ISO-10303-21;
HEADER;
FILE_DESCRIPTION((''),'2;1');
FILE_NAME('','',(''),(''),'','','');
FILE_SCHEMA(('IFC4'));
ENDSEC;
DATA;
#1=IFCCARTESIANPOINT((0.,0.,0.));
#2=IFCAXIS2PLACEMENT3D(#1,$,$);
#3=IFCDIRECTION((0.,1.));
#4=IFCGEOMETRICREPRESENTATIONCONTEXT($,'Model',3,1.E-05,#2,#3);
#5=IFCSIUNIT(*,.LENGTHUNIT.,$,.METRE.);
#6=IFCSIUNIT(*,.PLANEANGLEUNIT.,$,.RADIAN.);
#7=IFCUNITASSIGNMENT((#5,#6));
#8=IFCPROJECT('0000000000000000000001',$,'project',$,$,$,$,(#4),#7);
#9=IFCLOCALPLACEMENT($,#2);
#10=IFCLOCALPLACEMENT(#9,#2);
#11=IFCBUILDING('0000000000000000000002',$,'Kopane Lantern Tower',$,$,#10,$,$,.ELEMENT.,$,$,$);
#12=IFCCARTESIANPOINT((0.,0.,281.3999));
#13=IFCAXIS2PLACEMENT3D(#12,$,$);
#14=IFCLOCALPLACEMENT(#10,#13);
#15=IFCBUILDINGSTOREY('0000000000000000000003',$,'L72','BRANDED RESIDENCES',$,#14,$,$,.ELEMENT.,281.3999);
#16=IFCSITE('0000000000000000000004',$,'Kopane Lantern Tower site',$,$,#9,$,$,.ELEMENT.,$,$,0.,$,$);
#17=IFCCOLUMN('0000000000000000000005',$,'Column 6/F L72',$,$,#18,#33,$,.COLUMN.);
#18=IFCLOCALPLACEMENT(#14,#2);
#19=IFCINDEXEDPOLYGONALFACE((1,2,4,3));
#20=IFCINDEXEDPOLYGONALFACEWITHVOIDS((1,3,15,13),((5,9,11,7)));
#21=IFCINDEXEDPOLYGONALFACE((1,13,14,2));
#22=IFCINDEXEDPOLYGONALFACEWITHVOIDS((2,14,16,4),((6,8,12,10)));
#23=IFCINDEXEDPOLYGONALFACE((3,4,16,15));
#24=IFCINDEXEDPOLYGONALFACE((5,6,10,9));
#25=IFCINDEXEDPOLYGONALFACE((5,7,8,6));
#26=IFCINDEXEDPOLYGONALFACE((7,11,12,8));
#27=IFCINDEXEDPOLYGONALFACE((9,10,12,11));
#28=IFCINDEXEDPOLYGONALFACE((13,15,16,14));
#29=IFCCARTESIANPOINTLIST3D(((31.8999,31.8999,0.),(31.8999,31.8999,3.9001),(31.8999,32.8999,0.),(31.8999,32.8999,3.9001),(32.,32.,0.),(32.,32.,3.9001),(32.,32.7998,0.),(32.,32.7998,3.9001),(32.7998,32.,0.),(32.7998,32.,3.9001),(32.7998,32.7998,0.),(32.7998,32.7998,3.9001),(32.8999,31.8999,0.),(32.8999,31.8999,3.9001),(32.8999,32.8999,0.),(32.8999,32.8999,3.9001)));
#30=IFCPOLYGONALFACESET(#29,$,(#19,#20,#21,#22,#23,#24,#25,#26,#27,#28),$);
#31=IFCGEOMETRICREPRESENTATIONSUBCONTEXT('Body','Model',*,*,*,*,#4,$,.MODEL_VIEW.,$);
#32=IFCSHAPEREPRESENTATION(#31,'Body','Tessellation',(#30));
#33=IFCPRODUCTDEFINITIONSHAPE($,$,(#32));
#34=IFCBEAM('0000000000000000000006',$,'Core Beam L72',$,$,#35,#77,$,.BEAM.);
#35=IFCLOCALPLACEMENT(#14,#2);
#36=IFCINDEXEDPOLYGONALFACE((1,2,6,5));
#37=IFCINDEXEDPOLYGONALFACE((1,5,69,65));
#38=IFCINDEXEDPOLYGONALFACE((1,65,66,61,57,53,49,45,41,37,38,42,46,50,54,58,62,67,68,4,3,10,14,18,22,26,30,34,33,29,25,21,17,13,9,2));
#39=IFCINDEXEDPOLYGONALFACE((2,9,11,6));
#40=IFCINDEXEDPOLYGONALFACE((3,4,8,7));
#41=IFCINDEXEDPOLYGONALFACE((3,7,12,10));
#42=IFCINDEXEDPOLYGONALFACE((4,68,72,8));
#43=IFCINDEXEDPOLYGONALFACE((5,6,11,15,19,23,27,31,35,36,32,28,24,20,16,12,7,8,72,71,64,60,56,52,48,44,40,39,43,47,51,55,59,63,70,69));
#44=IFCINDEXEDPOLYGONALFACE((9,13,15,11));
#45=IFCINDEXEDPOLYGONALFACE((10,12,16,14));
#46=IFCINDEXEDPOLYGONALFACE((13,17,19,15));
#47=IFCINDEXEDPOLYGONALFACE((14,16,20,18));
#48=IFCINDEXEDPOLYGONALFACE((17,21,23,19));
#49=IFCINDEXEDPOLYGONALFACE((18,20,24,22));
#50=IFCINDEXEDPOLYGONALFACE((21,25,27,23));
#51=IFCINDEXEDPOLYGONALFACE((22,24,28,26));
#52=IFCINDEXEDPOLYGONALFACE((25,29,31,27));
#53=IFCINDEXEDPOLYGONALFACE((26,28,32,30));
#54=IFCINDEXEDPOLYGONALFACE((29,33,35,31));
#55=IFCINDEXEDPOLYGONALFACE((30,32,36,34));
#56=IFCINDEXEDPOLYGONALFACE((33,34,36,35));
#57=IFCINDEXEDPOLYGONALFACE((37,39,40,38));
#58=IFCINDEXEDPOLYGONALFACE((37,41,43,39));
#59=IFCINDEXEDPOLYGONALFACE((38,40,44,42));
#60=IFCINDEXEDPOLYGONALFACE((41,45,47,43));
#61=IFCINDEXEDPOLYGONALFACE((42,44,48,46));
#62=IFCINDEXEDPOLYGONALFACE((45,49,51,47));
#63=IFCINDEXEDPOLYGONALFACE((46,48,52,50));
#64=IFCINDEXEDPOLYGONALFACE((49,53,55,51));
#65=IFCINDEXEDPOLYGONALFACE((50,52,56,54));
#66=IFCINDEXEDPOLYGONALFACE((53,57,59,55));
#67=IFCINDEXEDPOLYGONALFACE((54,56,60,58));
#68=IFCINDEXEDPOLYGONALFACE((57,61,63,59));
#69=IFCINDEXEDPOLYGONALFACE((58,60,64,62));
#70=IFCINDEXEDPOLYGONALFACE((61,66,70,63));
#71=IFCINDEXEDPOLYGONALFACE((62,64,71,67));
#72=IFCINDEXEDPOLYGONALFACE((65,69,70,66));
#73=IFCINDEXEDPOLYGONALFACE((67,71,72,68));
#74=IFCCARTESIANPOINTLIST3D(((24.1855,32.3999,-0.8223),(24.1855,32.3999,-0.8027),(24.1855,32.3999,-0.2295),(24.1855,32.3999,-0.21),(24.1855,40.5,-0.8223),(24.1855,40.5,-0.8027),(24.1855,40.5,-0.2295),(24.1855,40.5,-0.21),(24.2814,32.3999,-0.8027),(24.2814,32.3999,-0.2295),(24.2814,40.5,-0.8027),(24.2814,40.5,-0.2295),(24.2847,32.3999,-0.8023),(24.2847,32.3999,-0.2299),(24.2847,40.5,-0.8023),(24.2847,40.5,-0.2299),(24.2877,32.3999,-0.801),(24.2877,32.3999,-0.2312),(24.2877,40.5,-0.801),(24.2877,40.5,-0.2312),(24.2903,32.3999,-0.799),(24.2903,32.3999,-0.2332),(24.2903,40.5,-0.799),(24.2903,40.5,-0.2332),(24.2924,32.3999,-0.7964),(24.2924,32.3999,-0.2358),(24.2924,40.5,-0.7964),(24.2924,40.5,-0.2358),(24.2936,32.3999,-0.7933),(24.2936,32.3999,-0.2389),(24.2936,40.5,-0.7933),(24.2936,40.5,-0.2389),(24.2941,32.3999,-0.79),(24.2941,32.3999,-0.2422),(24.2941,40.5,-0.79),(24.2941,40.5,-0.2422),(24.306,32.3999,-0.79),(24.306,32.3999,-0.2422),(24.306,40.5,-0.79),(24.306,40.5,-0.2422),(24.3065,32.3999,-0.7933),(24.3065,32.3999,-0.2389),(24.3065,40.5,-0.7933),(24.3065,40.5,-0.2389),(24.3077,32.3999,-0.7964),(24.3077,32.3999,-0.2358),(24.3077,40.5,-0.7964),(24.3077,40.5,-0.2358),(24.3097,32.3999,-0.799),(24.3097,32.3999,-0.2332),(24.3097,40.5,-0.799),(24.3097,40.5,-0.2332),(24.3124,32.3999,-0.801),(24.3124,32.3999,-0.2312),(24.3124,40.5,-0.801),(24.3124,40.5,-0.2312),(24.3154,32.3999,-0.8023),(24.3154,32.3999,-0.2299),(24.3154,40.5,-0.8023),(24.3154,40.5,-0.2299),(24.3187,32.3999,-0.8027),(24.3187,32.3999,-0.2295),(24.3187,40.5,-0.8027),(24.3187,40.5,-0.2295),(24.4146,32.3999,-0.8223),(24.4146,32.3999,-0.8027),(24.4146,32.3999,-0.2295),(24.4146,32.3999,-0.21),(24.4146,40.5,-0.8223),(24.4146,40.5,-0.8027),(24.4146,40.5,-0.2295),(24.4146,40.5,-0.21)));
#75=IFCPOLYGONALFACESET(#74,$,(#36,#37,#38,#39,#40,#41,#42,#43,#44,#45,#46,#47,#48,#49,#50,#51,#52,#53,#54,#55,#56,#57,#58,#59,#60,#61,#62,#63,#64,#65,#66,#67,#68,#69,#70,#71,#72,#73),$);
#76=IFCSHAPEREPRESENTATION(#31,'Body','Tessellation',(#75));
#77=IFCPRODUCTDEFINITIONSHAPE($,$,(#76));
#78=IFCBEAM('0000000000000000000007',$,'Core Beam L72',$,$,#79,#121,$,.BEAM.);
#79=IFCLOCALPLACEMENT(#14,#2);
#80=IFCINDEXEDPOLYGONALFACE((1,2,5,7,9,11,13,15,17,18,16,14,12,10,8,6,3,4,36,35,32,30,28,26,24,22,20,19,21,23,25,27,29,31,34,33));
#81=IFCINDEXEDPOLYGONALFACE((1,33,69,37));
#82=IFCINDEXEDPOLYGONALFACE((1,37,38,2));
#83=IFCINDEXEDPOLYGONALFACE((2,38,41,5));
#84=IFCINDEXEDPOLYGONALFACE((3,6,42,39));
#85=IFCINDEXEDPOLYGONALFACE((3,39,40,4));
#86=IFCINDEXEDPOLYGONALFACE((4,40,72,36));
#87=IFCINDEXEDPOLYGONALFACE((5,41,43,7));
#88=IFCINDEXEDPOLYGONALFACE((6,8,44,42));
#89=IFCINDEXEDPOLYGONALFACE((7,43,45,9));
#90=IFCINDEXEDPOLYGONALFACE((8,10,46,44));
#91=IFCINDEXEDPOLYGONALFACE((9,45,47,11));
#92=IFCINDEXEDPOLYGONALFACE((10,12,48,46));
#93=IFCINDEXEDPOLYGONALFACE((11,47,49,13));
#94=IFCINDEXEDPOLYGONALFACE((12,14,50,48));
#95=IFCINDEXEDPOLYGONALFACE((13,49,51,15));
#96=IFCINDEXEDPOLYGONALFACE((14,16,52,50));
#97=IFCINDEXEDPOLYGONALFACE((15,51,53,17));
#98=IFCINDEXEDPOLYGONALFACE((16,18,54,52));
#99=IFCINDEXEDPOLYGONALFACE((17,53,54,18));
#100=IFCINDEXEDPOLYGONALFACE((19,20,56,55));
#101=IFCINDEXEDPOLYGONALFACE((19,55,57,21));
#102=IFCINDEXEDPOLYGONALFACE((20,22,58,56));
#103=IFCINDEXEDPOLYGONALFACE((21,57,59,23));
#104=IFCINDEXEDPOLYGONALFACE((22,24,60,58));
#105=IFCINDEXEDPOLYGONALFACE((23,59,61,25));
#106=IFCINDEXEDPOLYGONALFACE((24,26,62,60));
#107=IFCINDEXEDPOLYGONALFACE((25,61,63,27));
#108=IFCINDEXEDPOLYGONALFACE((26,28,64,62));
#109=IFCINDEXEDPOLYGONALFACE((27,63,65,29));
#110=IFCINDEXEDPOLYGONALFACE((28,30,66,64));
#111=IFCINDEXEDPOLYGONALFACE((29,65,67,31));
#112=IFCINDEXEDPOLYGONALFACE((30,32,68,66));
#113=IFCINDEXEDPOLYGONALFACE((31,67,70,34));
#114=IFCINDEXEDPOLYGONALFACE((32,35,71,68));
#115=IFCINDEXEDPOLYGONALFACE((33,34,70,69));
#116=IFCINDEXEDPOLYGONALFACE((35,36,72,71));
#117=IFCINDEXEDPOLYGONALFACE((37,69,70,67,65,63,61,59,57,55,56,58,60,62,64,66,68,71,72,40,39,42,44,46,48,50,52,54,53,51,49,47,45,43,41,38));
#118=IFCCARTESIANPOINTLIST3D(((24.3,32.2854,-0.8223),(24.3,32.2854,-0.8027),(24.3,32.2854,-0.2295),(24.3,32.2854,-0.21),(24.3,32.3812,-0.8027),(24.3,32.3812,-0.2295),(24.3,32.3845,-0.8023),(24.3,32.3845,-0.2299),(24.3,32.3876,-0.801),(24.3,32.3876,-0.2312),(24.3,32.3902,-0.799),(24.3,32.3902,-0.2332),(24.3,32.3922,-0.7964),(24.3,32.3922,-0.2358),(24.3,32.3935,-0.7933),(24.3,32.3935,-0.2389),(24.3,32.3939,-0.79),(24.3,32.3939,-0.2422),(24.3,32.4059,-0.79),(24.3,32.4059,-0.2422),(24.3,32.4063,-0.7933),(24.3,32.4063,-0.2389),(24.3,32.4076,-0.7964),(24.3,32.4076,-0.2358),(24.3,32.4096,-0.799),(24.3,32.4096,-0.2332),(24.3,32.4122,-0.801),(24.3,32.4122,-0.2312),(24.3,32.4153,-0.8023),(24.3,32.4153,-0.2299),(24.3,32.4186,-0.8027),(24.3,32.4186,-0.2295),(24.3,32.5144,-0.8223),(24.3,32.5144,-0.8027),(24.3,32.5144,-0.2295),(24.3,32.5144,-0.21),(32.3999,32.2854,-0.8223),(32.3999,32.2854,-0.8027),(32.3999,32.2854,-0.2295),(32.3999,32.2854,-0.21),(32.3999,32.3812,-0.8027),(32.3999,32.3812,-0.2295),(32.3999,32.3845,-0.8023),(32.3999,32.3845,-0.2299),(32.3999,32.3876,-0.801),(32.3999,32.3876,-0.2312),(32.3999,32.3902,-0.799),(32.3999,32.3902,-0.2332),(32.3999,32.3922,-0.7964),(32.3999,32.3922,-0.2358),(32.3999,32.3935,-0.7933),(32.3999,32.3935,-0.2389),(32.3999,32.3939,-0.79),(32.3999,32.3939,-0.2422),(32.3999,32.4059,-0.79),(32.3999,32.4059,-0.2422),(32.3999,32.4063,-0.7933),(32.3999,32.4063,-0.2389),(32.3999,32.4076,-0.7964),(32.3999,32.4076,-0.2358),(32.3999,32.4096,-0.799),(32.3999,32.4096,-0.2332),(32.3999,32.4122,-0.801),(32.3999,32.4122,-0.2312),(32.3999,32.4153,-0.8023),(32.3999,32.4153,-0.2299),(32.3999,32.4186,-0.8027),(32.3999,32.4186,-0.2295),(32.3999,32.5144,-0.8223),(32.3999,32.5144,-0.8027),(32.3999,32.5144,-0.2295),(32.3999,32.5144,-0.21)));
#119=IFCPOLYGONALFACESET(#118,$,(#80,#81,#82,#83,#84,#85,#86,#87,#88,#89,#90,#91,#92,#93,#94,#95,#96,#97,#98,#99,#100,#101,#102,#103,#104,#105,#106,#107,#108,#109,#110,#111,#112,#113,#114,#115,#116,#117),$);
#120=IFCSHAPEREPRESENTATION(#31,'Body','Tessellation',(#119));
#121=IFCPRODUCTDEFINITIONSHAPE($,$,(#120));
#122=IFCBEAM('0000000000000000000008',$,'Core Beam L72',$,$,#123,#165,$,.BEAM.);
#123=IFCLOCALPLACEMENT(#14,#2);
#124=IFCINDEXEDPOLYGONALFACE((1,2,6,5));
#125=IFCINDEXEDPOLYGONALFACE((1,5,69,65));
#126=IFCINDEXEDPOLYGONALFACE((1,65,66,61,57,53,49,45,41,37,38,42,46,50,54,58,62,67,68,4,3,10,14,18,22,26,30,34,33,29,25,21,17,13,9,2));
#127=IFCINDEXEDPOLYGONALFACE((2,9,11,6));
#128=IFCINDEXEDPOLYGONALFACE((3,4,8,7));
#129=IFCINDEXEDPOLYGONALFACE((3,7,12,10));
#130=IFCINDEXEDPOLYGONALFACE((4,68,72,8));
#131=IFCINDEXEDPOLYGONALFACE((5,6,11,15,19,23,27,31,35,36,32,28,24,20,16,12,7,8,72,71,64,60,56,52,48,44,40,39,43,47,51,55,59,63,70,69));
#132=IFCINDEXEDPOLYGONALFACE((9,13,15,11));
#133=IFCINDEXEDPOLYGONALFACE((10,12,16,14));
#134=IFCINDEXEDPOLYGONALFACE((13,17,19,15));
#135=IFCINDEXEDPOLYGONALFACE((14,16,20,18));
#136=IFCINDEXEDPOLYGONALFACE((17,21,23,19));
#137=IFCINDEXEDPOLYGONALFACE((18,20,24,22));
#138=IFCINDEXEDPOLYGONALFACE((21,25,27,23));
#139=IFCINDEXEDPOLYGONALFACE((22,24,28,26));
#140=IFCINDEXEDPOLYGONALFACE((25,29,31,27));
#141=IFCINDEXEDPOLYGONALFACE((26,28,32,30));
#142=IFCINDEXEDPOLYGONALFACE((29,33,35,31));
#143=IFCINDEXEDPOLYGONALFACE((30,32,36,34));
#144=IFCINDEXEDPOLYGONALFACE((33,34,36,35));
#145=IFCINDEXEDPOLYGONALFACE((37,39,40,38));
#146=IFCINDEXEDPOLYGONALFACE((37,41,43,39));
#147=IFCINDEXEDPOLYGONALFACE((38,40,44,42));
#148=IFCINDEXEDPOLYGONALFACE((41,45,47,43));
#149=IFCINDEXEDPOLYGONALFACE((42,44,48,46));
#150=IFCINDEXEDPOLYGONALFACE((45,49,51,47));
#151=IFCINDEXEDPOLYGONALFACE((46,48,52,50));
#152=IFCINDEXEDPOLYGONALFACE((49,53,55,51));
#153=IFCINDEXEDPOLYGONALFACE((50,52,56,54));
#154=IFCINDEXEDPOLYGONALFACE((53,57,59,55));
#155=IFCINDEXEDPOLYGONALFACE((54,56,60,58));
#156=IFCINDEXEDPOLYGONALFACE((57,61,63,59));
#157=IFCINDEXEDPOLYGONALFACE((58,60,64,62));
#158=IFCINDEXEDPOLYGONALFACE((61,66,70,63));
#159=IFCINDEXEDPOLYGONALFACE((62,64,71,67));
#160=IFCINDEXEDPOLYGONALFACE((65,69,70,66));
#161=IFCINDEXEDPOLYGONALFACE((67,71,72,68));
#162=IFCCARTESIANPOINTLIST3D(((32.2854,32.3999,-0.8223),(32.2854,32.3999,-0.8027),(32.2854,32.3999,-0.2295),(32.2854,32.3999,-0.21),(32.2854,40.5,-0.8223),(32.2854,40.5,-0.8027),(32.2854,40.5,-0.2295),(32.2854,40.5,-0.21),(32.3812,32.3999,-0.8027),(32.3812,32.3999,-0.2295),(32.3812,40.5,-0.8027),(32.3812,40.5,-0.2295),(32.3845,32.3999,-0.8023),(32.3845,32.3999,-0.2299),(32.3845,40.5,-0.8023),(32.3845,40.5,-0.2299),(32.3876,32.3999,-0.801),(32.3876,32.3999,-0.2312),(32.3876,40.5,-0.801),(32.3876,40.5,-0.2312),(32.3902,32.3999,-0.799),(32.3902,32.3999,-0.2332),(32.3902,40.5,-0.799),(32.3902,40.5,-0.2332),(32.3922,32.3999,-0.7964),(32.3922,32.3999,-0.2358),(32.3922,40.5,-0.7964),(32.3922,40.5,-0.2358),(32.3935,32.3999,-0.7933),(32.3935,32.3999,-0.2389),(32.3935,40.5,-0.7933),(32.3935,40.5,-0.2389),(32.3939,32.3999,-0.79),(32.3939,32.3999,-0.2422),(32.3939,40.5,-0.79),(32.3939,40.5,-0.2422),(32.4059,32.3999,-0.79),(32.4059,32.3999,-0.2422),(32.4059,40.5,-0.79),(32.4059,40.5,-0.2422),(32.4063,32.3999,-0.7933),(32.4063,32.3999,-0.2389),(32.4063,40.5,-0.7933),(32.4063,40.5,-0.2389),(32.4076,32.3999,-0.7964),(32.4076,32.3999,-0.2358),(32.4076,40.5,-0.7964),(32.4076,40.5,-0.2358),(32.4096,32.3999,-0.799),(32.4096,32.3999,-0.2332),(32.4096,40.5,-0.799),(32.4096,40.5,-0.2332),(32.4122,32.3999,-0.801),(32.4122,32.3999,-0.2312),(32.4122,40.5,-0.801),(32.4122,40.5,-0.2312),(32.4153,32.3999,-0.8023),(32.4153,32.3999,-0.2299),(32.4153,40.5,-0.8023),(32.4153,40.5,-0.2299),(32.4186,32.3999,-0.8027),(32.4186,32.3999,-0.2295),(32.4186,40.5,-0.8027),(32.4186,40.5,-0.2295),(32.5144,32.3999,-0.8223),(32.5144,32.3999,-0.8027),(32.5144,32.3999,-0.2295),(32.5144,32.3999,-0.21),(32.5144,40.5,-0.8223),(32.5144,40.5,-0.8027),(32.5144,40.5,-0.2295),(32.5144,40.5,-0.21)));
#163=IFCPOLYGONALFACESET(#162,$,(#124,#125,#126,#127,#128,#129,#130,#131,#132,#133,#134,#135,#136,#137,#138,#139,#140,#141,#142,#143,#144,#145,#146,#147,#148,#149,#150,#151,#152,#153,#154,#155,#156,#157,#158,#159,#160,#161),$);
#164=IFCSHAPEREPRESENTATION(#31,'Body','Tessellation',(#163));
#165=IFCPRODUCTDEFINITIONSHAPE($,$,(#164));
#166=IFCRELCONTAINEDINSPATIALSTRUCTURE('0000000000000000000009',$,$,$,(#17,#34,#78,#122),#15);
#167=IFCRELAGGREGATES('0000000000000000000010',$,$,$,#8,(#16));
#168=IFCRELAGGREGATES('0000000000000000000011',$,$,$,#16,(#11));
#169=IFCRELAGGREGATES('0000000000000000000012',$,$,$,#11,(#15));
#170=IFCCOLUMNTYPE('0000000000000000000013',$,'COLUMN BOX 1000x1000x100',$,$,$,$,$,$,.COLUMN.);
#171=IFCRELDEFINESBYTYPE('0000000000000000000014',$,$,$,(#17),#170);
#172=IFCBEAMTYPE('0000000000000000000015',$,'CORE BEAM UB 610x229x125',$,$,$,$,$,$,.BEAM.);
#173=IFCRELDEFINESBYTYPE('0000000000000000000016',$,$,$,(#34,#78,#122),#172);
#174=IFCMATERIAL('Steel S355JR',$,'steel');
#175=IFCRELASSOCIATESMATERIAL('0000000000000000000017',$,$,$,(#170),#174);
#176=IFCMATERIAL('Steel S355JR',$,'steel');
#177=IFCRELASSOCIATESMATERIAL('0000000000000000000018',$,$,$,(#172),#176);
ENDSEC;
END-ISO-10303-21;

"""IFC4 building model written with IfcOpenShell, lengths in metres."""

from ifc_helpers import new_model, si_unit, direction, frame, origin, origin_2d, place, context, subcontext, project, spatial, hollow_rectangle, i_section, extrude, material, material_profile, profile_set, type_object, element, save


model = new_model("IFC4")

# Units and contexts
model_context = context("Model", 3, precision=1e-05, world=origin(), true_north=direction((0.0, 1.0)))
body_context = subcontext(model_context, "Body", "Model", "MODEL_VIEW")
ifc_project = project(units=[si_unit("LENGTHUNIT", "METRE"), si_unit("PLANEANGLEUNIT", "RADIAN")], contexts=[model_context])

# Site, building, storey
site_placement = place(None, origin())
site = spatial("IfcSite", under=ifc_project, at=site_placement, Name="Kopane Lantern Tower site", CompositionType="ELEMENT", RefElevation=0.0)
building_placement = place(site_placement, origin())
building = spatial("IfcBuilding", under=site, at=building_placement, Name="Kopane Lantern Tower", CompositionType="ELEMENT")
storey_placement = place(building_placement, frame((0.0, 0.0, 281.3999)))
storey = spatial("IfcBuildingStorey", under=building, at=storey_placement, Name="L72", Description="BRANDED RESIDENCES", CompositionType="ELEMENT", Elevation=281.3999)

# Column
ifc_material_1 = material(Name="Steel S355JR", Category="steel")
ifc_material_profile_1 = material_profile(ifc_material_1, hollow_rectangle(XDim=1.0, YDim=1.0, WallThickness=0.1001, at=origin_2d()), Name="BOX 1000x1000x100")
ifc_profile_set_1 = profile_set([ifc_material_profile_1], Name="Steel S355JR")
column_type = type_object("IfcColumnType", Name="COLUMN BOX 1000x1000x100", PredefinedType="COLUMN", material=ifc_profile_set_1)
column_placement = place(storey_placement, frame((32.3999, 32.3999, 0.0), z_axis=(0.0, 0.0, 1.0), x_axis=(1.0, 0.0, 0.0)))
element("IfcColumn", 1, at=column_placement, inside=storey, type_object=column_type, Name="Column 6/F L72", PredefinedType="COLUMN", context=body_context, shape_type="SweptSolid", body=[
    extrude(hollow_rectangle(XDim=1.0, YDim=1.0, WallThickness=0.1001, at=origin_2d()), origin(), (0.0, 0.0, 1.0), 3.9001),
])

# Beams
ifc_material_2 = material(Name="Steel S355JR", Category="steel")
ifc_material_profile_2 = material_profile(ifc_material_2, i_section(OverallWidth=0.229, OverallDepth=0.6123, WebThickness=0.012, FlangeThickness=0.0195, FilletRadius=0.0127, at=origin_2d()), Name="UB 610x229x125")
ifc_profile_set_2 = profile_set([ifc_material_profile_2], Name="Steel S355JR")
beam_type = type_object("IfcBeamType", Name="CORE BEAM UB 610x229x125", PredefinedType="BEAM", material=ifc_profile_set_2)
beam_1_placement = place(storey_placement, frame((24.3, 32.3999, -0.5161), z_axis=(0.0, 1.0, 0.0), x_axis=(-1.0, 0.0, 0.0)))
element("IfcBeam", 2, at=beam_1_placement, inside=storey, type_object=beam_type, Name="Core Beam L72", PredefinedType="BEAM", context=body_context, shape_type="SweptSolid", body=[
    extrude(i_section(OverallWidth=0.229, OverallDepth=0.6123, WebThickness=0.012, FlangeThickness=0.0195, FilletRadius=0.0127, at=origin_2d()), origin(), (0.0, 0.0, 1.0), 8.1001),
])
beam_2_placement = place(storey_placement, frame((24.3, 32.3999, -0.5161), z_axis=(1.0, 0.0, 0.0), x_axis=(0.0, 1.0, 0.0)))
element("IfcBeam", 3, at=beam_2_placement, inside=storey, type_object=beam_type, Name="Core Beam L72", PredefinedType="BEAM", context=body_context, shape_type="SweptSolid", body=[
    extrude(i_section(OverallWidth=0.229, OverallDepth=0.6123, WebThickness=0.012, FlangeThickness=0.0195, FilletRadius=0.0127, at=origin_2d()), origin(), (0.0, 0.0, 1.0), 8.0999),
])
for number, where, z_axis, x_axis, name in (
    (4, (32.3999, 32.3999, -0.5161), (0.0, 1.0, 0.0), (-1.0, 0.0, 0.0), "Core Beam L72"),
):
    element("IfcBeam", number, at=place(storey_placement, frame(where, z_axis=z_axis, x_axis=x_axis)), inside=storey, type_object=beam_type, Name=name, PredefinedType="BEAM", context=body_context, shape_type="SweptSolid", body=[
        extrude(i_section(OverallWidth=0.229, OverallDepth=0.6123, WebThickness=0.012, FlangeThickness=0.0195, FilletRadius=0.0127, at=origin_2d()), origin(), (0.0, 0.0, 1.0), 8.1001),
    ])

save(model, "model.ifc")
